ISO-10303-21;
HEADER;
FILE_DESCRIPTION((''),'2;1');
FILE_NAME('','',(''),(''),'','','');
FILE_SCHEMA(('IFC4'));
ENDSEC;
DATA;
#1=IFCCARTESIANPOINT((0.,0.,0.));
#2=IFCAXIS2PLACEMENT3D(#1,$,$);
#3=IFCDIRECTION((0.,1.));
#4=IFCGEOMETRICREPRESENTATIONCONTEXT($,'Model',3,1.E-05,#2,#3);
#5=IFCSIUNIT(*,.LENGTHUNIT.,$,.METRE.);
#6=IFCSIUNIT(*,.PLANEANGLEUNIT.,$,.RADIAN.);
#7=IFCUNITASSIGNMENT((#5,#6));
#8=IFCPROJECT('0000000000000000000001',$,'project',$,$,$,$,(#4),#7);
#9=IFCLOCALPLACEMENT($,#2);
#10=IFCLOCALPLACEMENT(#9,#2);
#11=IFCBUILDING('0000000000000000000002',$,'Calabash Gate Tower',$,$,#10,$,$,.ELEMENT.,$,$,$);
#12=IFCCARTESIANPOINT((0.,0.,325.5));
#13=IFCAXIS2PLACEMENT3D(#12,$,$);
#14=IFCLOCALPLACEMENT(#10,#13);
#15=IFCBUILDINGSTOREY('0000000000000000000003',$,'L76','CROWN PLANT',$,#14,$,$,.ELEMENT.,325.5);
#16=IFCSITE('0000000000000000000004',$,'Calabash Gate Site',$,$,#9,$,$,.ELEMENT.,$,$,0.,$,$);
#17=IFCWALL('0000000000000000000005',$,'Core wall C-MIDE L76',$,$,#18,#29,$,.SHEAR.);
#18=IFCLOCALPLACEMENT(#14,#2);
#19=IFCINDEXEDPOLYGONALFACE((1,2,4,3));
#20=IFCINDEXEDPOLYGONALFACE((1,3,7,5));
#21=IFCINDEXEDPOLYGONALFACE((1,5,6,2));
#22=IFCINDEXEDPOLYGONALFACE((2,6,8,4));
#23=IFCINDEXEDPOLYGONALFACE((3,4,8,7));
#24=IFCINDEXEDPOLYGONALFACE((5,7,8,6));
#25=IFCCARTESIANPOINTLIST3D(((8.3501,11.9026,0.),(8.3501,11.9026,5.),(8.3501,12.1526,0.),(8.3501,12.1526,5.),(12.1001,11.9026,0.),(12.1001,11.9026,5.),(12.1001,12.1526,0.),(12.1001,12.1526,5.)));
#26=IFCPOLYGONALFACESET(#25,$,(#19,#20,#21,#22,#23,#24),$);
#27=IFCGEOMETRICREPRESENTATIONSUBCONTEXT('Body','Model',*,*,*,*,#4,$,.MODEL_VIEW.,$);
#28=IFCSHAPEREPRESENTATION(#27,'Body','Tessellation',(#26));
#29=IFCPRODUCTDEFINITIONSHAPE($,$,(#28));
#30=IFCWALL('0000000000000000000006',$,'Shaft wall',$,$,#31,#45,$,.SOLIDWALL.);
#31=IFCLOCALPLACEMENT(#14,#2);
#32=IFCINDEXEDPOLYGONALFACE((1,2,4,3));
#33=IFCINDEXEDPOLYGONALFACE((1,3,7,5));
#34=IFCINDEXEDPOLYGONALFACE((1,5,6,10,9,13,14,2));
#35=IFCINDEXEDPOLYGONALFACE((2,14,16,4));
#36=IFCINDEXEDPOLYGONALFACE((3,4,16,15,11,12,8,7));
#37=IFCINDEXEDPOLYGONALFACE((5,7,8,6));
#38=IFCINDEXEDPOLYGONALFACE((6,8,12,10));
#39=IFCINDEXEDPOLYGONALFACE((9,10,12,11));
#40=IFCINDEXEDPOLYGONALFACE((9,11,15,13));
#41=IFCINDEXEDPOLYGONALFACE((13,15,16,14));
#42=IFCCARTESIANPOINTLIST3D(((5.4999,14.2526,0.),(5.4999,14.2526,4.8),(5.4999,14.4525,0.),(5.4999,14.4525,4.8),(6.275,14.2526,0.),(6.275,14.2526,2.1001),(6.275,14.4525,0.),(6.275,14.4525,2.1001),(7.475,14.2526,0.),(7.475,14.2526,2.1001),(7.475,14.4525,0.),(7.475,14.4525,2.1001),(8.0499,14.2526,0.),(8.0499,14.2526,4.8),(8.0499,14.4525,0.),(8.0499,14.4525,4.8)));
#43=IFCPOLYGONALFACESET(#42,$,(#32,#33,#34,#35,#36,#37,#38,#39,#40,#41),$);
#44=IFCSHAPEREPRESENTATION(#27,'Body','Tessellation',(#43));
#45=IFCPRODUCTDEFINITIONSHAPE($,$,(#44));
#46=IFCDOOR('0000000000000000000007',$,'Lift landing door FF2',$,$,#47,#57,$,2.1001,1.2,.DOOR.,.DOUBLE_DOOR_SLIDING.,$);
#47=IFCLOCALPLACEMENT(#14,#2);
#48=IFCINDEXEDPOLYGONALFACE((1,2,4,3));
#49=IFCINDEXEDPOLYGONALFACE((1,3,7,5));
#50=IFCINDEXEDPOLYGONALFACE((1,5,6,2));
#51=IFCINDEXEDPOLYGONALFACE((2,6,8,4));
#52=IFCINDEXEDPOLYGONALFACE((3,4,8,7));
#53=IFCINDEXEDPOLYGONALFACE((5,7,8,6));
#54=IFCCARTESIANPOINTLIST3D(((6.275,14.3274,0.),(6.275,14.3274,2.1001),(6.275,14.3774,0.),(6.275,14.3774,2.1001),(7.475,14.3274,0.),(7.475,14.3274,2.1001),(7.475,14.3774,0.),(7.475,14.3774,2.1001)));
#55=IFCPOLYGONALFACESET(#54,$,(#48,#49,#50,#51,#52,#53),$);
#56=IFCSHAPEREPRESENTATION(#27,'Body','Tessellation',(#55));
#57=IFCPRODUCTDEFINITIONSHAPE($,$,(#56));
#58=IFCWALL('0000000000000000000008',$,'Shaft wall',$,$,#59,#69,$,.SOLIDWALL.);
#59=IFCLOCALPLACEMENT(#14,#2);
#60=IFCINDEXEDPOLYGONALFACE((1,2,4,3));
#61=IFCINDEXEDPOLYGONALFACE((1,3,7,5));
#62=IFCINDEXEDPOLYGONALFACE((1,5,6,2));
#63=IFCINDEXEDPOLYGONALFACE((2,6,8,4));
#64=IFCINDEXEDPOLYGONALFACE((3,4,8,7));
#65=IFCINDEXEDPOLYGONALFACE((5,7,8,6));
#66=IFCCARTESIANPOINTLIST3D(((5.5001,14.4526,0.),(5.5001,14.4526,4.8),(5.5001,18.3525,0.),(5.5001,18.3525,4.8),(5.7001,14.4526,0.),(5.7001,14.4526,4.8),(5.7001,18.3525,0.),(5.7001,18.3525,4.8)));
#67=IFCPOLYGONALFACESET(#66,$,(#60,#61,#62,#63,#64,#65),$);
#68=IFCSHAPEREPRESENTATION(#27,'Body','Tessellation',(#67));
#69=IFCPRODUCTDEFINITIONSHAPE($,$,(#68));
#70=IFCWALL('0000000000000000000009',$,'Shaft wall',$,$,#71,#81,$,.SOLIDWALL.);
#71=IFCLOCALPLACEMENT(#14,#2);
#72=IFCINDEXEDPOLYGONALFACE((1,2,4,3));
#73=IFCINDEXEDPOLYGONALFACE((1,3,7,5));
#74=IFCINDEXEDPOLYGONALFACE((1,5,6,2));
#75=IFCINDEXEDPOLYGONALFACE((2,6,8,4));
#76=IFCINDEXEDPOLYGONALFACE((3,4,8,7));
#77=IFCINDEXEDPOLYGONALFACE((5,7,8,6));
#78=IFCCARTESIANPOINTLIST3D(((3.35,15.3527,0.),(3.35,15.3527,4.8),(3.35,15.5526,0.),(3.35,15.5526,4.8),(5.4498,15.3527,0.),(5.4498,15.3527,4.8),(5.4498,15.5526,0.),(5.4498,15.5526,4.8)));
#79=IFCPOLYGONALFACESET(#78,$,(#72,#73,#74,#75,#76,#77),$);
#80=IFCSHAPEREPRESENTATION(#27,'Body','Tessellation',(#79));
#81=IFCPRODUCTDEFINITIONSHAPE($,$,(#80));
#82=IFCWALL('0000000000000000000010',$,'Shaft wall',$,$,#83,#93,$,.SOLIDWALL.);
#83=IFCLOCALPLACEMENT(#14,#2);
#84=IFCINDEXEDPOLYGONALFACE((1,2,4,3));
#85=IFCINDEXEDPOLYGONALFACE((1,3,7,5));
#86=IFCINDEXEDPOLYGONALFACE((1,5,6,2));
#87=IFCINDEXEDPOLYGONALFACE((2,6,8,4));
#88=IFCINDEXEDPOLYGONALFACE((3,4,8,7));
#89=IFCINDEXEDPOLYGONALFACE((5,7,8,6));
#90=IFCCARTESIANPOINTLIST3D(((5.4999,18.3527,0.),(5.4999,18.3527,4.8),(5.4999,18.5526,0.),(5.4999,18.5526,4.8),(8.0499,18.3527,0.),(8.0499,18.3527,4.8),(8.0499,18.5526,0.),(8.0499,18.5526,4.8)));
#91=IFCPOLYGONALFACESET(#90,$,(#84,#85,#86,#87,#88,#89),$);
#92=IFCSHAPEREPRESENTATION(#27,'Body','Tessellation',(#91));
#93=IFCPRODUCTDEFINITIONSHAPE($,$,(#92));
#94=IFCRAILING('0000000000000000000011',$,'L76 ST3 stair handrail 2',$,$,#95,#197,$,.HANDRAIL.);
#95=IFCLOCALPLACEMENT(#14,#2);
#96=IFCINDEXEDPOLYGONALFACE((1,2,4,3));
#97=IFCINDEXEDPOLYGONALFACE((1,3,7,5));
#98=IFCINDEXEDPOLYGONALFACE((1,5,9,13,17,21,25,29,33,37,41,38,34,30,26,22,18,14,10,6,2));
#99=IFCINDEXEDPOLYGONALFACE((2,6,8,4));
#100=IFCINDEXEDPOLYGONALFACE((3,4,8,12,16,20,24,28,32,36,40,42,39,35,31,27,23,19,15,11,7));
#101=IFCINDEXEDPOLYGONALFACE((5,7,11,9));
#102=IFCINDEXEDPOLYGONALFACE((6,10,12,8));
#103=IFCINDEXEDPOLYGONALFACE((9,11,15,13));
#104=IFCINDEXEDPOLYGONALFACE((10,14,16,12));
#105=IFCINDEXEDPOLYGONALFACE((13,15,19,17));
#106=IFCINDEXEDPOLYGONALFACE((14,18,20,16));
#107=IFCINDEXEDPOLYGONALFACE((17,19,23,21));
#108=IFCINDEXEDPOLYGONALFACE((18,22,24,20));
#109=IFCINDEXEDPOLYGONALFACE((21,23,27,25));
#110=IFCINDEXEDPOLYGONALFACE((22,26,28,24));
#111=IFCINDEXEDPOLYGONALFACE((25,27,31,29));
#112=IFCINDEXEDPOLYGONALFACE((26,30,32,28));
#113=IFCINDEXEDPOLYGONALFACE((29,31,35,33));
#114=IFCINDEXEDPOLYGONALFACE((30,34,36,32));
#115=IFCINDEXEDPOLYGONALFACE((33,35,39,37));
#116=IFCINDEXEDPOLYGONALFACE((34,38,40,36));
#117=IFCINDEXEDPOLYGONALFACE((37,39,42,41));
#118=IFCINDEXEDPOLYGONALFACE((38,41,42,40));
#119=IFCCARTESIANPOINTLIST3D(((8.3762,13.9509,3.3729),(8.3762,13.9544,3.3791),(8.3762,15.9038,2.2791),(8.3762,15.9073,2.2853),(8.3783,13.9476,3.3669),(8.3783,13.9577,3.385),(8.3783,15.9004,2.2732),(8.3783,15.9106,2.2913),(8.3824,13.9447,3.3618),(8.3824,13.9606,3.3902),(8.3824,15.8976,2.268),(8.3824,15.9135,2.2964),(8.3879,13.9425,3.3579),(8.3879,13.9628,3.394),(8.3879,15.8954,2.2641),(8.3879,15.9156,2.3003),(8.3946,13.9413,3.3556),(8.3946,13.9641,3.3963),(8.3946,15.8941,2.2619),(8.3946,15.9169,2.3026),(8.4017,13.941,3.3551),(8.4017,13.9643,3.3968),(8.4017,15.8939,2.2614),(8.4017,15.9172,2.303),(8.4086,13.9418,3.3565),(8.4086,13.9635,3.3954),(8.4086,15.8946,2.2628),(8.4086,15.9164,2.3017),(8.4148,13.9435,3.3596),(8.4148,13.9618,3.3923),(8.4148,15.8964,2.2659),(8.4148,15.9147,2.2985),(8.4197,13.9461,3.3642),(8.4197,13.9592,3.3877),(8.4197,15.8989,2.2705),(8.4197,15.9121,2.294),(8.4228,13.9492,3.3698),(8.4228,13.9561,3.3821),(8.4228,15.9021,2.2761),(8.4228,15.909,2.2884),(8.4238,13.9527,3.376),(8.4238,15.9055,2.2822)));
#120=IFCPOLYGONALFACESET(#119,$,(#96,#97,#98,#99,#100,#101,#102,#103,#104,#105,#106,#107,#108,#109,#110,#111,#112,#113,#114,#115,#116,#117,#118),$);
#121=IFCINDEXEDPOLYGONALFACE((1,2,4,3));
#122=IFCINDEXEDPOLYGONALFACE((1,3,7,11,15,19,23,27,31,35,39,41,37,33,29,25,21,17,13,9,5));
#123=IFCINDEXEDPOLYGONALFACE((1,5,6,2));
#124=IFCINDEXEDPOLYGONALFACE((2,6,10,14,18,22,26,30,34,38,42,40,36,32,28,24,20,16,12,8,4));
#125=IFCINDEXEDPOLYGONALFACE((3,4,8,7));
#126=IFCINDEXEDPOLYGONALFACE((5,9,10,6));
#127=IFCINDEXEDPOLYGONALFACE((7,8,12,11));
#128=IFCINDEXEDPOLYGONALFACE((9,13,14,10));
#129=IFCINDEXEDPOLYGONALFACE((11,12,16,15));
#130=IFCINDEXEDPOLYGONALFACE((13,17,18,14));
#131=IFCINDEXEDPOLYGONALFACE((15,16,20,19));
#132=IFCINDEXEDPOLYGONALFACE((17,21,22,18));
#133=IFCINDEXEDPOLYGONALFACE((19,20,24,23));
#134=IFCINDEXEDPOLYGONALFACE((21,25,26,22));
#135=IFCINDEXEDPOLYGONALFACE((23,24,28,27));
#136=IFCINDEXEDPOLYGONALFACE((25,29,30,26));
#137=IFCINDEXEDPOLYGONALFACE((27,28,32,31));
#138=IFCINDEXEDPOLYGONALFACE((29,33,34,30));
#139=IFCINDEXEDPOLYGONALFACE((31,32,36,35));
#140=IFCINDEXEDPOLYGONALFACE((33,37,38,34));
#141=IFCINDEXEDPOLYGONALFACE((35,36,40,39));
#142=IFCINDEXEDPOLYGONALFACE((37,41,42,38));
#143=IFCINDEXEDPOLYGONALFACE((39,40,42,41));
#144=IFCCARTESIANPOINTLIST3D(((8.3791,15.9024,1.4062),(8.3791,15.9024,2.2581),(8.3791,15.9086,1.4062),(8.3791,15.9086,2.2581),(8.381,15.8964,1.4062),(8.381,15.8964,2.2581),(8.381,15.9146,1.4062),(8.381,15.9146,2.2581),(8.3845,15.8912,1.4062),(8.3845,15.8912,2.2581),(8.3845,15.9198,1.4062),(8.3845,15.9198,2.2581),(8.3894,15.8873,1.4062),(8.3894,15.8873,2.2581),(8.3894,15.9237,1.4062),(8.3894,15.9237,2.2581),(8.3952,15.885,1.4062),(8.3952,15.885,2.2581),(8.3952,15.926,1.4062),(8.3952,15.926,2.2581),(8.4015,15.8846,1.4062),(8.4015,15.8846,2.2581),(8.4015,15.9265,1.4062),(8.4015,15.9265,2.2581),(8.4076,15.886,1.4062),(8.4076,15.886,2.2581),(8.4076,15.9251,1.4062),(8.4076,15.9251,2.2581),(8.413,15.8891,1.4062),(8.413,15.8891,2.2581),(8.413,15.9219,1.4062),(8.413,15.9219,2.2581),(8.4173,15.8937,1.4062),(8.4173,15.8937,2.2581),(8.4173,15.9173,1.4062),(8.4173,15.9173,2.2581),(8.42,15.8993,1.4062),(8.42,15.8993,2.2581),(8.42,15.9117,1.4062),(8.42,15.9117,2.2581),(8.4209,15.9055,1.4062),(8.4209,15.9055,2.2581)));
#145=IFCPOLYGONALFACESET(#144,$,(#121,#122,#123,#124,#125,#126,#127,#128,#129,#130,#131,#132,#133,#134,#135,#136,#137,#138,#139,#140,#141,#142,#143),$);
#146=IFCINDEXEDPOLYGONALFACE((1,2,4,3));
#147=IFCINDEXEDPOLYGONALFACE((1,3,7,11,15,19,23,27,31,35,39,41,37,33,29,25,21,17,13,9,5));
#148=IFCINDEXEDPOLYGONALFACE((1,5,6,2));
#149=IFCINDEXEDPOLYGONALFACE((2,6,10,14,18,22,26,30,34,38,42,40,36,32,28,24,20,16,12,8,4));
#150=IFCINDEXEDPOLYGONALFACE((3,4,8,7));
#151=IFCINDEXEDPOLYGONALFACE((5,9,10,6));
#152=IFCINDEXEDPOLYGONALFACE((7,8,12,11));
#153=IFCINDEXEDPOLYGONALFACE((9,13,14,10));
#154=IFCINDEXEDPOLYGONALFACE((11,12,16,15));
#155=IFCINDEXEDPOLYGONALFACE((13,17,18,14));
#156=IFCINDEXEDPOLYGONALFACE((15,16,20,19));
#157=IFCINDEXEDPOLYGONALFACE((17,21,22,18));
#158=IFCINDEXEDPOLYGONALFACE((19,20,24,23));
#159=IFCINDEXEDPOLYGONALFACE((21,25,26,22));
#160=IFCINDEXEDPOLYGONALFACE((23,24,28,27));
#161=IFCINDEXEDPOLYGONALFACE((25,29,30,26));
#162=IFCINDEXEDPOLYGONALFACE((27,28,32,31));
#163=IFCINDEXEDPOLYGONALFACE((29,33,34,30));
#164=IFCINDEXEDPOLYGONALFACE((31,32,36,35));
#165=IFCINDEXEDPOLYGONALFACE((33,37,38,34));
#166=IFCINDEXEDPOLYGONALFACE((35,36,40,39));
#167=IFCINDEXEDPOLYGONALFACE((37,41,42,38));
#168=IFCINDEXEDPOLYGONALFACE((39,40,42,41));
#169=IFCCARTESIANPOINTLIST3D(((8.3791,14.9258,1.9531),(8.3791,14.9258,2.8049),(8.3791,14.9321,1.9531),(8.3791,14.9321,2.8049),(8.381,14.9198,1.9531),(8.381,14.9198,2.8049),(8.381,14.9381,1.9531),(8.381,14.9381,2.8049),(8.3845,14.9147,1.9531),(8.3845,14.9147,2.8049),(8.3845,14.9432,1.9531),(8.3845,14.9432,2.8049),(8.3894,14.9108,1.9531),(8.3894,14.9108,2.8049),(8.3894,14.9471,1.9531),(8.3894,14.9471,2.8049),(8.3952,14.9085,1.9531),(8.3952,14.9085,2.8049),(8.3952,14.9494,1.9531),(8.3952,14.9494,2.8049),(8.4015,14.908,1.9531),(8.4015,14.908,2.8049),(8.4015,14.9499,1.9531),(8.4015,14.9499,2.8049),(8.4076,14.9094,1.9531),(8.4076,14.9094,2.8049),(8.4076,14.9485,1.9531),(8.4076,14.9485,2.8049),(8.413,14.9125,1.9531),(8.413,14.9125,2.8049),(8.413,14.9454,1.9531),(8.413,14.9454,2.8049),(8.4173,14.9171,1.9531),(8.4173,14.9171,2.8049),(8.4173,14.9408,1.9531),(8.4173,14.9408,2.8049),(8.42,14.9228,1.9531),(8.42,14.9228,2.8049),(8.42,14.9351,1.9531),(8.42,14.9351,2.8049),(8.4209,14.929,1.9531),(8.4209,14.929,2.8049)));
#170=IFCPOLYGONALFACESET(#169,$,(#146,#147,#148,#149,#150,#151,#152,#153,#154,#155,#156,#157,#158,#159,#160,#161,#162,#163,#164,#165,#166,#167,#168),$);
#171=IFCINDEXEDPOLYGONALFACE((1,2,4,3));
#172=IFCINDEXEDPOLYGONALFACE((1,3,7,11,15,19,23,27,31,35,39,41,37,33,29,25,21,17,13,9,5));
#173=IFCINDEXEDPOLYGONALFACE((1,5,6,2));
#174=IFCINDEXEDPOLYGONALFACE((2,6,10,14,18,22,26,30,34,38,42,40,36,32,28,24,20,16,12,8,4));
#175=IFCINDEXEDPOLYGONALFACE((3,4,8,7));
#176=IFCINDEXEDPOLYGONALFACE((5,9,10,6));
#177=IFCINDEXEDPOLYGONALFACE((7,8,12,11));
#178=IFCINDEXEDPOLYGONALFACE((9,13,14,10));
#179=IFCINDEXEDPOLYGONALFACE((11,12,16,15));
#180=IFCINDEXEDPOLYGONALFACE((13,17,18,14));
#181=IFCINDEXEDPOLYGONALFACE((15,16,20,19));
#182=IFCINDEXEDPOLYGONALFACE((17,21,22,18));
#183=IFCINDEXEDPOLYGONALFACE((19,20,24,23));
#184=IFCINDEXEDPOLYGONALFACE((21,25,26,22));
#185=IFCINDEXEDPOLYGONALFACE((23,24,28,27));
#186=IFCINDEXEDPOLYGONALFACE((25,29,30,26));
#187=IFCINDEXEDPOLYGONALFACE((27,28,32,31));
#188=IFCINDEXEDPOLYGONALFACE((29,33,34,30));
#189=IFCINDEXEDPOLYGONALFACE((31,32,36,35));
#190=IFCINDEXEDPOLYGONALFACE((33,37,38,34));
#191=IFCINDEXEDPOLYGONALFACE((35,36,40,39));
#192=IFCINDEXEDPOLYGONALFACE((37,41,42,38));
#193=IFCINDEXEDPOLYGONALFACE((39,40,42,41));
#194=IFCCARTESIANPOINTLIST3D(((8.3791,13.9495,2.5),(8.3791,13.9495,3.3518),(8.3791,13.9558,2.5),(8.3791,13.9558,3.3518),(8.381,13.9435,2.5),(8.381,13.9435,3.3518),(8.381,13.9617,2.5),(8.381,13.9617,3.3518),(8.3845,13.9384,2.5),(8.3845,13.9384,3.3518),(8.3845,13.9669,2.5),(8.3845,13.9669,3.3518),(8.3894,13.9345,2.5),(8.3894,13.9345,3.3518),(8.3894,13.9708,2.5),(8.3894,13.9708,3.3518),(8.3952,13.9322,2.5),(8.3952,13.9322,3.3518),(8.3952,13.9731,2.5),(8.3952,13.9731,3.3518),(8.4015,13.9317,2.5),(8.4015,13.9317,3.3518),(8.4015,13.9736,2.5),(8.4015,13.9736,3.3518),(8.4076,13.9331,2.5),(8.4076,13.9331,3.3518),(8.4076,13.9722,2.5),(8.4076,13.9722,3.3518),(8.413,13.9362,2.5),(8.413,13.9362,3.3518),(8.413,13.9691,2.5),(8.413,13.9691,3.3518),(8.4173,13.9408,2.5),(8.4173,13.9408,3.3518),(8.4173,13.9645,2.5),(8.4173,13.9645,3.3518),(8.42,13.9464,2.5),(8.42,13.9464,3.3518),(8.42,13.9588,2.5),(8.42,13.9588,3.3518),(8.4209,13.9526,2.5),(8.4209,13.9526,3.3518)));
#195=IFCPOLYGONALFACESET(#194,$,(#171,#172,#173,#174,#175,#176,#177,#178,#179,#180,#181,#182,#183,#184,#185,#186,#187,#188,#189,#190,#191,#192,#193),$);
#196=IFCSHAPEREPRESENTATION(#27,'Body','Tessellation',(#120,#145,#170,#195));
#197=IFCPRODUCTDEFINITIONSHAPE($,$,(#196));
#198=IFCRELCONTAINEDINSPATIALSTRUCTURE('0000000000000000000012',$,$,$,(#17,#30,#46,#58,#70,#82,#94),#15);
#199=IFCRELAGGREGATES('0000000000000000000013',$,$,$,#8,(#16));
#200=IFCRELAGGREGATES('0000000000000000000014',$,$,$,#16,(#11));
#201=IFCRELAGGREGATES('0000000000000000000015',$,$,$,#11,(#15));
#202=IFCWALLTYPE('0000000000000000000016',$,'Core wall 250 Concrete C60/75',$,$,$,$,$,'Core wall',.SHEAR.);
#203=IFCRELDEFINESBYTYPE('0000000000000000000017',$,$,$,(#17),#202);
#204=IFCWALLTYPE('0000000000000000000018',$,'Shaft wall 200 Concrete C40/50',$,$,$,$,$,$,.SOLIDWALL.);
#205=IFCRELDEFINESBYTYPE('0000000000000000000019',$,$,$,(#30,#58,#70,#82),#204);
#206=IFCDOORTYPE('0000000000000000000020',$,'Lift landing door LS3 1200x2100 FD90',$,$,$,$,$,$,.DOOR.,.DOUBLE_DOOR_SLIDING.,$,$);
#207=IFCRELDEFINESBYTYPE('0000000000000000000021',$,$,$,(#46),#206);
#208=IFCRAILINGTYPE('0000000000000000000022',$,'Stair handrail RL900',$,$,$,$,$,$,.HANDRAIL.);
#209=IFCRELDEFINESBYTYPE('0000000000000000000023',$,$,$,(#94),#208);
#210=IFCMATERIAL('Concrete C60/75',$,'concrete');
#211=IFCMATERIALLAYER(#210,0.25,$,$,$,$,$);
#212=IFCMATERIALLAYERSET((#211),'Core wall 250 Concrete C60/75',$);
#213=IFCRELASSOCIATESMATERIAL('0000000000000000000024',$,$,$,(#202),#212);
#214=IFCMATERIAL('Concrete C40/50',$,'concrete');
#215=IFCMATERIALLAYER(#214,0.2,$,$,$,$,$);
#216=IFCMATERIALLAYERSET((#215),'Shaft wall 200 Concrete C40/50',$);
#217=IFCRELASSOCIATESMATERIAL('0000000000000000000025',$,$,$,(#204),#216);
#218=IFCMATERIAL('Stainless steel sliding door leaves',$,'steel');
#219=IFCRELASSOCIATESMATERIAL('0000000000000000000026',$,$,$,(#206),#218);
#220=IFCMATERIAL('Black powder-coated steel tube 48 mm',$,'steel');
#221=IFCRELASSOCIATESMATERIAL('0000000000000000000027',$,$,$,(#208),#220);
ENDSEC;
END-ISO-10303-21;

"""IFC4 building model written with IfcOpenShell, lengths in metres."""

from ifc_helpers import new_model, si_unit, direction, frame, frame_2d, origin, origin_2d, place, context, subcontext, project, spatial, rectangle, circle, extrude, material, layer, layer_set, type_object, element, fill, save


model = new_model("IFC4")

# Units and contexts
model_context = context("Model", 3, precision=1e-05, world=origin(), true_north=direction((0.0, 1.0)))
body_context = subcontext(model_context, "Body", "Model", "MODEL_VIEW")
ifc_project = project(units=[si_unit("LENGTHUNIT", "METRE"), si_unit("PLANEANGLEUNIT", "RADIAN")], contexts=[model_context])

# Site, building, storey
site_placement = place(None, origin())
site = spatial("IfcSite", under=ifc_project, at=site_placement, Name="Calabash Gate Site", CompositionType="ELEMENT", RefElevation=0.0)
building_placement = place(site_placement, origin())
building = spatial("IfcBuilding", under=site, at=building_placement, Name="Calabash Gate Tower", CompositionType="ELEMENT")
storey_placement = place(building_placement, frame((0.0, 0.0, 325.5)))
storey = spatial("IfcBuildingStorey", under=building, at=storey_placement, Name="L76", Description="CROWN PLANT", CompositionType="ELEMENT", Elevation=325.5)

# Wall
ifc_material_1 = material(Name="Concrete C60/75", Category="concrete")
ifc_layer_1 = layer(ifc_material_1, 0.25)
ifc_layer_set_1 = layer_set([ifc_layer_1], Name="Core wall 250 Concrete C60/75")
wall_type_1 = type_object("IfcWallType", Name="Core wall 250 Concrete C60/75", ElementType="Core wall", PredefinedType="SHEAR", material=ifc_layer_set_1)
wall_1_placement = place(storey_placement, frame((8.3501, 12.0276, 0.0), z_axis=(0.0, 0.0, 1.0), x_axis=(1.0, 0.0, 0.0)))
element("IfcWall", 1, at=wall_1_placement, inside=storey, type_object=wall_type_1, Name="Core wall C-MIDE L76", PredefinedType="SHEAR", context=body_context, shape_type="SweptSolid", body=[
    extrude(rectangle(XDim=3.75, YDim=0.25, at=frame_2d((1.875, 0.0))), origin(), (0.0, 0.0, 1.0), 5.0),
])

# Wall, opening, door
ifc_material_2 = material(Name="Concrete C40/50", Category="concrete")
ifc_layer_2 = layer(ifc_material_2, 0.2)
ifc_layer_set_2 = layer_set([ifc_layer_2], Name="Shaft wall 200 Concrete C40/50")
wall_type_2 = type_object("IfcWallType", Name="Shaft wall 200 Concrete C40/50", PredefinedType="SOLIDWALL", material=ifc_layer_set_2)
wall_2_placement = place(storey_placement, frame((5.5, 14.3525, 0.0), z_axis=(0.0, 0.0, 1.0), x_axis=(1.0, 0.0, 0.0)))
wall_2 = element("IfcWall", 2, at=wall_2_placement, inside=storey, type_object=wall_type_2, Name="Shaft wall", PredefinedType="SOLIDWALL", context=body_context, shape_type="SweptSolid", body=[
    extrude(rectangle(XDim=2.55, YDim=0.2, at=frame_2d((1.2749, 0.0))), origin(), (0.0, 0.0, 1.0), 4.8),
])
opening_1_placement = place(wall_2_placement, frame((0.7749, 0.0, 0.0)))
opening_1 = element("IfcOpeningElement", 3, at=opening_1_placement, cuts=wall_2, PredefinedType="OPENING", context=body_context, shape_type="SweptSolid", body=[
    extrude(rectangle(XDim=1.2, YDim=2.1001, at=frame_2d((0.6001, 1.05))), frame((0.0, 0.1099, 0.0), z_axis=(0.0, -1.0, 0.0), x_axis=(1.0, 0.0, 0.0)), (0.0, 0.0, 1.0), 0.22),
])
ifc_material_3 = material(Name="Stainless steel sliding door leaves", Category="steel")
door_type_1 = type_object("IfcDoorType", Name="Lift landing door LS3 1200x2100 FD90", OperationType="DOUBLE_DOOR_SLIDING", PredefinedType="DOOR", material=ifc_material_3)
door_1_placement = place(opening_1_placement, origin())
door_1 = element("IfcDoor", 4, at=door_1_placement, inside=storey, type_object=door_type_1, Name="Lift landing door FF2", OperationType="DOUBLE_DOOR_SLIDING", OverallHeight=2.1001, OverallWidth=1.2, PredefinedType="DOOR", context=body_context, shape_type="SweptSolid", body=[
    extrude(rectangle(XDim=1.2, YDim=2.1001, at=frame_2d((0.6001, 1.05))), frame((0.0, 0.0249, 0.0), z_axis=(0.0, -1.0, 0.0), x_axis=(1.0, 0.0, 0.0)), (0.0, 0.0, 1.0), 0.05),
])
fill(opening_1, door_1)

# Walls
wall_3_placement = place(storey_placement, frame((5.6001, 14.4526, 0.0), z_axis=(0.0, 0.0, 1.0), x_axis=(0.0, 1.0, 0.0)))
element("IfcWall", 5, at=wall_3_placement, inside=storey, type_object=wall_type_2, Name="Shaft wall", PredefinedType="SOLIDWALL", context=body_context, shape_type="SweptSolid", body=[
    extrude(rectangle(XDim=3.8999, YDim=0.2, at=frame_2d((1.95, 0.0))), origin(), (0.0, 0.0, 1.0), 4.8),
])
wall_4_placement = place(storey_placement, frame((3.3501, 15.4526, 0.0), z_axis=(0.0, 0.0, 1.0), x_axis=(1.0, 0.0, 0.0)))
element("IfcWall", 6, at=wall_4_placement, inside=storey, type_object=wall_type_2, Name="Shaft wall", PredefinedType="SOLIDWALL", context=body_context, shape_type="SweptSolid", body=[
    extrude(rectangle(XDim=2.0999, YDim=0.2, at=frame_2d((1.0498, 0.0))), origin(), (0.0, 0.0, 1.0), 4.8),
])
wall_5_placement = place(storey_placement, frame((5.5, 18.4526, 0.0), z_axis=(0.0, 0.0, 1.0), x_axis=(1.0, 0.0, 0.0)))
element("IfcWall", 7, at=wall_5_placement, inside=storey, type_object=wall_type_2, Name="Shaft wall", PredefinedType="SOLIDWALL", context=body_context, shape_type="SweptSolid", body=[
    extrude(rectangle(XDim=2.55, YDim=0.2, at=frame_2d((1.2749, 0.0))), origin(), (0.0, 0.0, 1.0), 4.8),
])

# Railing
ifc_material_4 = material(Name="Black powder-coated steel tube 48 mm", Category="steel")
railing_type = type_object("IfcRailingType", Name="Stair handrail RL900", PredefinedType="HANDRAIL", material=ifc_material_4)
railing_placement = place(storey_placement, frame((8.3999, 15.9055, 1.4062)))
element("IfcRailing", 8, at=railing_placement, inside=storey, type_object=railing_type, Name="L76 ST3 stair handrail 2", PredefinedType="HANDRAIL", context=body_context, shape_type="SweptSolid", body=[
    extrude(circle(Radius=0.0239, at=origin_2d()), frame((0.0, 0.0, 0.876), z_axis=(0.0, -0.87248, 0.48865), x_axis=(1.0, 0.0, 0.0)), (0.0, 0.0, 1.0), 2.2383),
    extrude(circle(Radius=0.021, at=origin_2d()), origin(), (0.0, 0.0, 1.0), 0.8518),
    extrude(circle(Radius=0.021, at=origin_2d()), frame((0.0, -0.9766, 0.5469)), (0.0, 0.0, 1.0), 0.8518),
    extrude(circle(Radius=0.021, at=origin_2d()), frame((0.0, -1.9529, 1.0938)), (0.0, 0.0, 1.0), 0.8518),
])

save(model, "model.ifc")
